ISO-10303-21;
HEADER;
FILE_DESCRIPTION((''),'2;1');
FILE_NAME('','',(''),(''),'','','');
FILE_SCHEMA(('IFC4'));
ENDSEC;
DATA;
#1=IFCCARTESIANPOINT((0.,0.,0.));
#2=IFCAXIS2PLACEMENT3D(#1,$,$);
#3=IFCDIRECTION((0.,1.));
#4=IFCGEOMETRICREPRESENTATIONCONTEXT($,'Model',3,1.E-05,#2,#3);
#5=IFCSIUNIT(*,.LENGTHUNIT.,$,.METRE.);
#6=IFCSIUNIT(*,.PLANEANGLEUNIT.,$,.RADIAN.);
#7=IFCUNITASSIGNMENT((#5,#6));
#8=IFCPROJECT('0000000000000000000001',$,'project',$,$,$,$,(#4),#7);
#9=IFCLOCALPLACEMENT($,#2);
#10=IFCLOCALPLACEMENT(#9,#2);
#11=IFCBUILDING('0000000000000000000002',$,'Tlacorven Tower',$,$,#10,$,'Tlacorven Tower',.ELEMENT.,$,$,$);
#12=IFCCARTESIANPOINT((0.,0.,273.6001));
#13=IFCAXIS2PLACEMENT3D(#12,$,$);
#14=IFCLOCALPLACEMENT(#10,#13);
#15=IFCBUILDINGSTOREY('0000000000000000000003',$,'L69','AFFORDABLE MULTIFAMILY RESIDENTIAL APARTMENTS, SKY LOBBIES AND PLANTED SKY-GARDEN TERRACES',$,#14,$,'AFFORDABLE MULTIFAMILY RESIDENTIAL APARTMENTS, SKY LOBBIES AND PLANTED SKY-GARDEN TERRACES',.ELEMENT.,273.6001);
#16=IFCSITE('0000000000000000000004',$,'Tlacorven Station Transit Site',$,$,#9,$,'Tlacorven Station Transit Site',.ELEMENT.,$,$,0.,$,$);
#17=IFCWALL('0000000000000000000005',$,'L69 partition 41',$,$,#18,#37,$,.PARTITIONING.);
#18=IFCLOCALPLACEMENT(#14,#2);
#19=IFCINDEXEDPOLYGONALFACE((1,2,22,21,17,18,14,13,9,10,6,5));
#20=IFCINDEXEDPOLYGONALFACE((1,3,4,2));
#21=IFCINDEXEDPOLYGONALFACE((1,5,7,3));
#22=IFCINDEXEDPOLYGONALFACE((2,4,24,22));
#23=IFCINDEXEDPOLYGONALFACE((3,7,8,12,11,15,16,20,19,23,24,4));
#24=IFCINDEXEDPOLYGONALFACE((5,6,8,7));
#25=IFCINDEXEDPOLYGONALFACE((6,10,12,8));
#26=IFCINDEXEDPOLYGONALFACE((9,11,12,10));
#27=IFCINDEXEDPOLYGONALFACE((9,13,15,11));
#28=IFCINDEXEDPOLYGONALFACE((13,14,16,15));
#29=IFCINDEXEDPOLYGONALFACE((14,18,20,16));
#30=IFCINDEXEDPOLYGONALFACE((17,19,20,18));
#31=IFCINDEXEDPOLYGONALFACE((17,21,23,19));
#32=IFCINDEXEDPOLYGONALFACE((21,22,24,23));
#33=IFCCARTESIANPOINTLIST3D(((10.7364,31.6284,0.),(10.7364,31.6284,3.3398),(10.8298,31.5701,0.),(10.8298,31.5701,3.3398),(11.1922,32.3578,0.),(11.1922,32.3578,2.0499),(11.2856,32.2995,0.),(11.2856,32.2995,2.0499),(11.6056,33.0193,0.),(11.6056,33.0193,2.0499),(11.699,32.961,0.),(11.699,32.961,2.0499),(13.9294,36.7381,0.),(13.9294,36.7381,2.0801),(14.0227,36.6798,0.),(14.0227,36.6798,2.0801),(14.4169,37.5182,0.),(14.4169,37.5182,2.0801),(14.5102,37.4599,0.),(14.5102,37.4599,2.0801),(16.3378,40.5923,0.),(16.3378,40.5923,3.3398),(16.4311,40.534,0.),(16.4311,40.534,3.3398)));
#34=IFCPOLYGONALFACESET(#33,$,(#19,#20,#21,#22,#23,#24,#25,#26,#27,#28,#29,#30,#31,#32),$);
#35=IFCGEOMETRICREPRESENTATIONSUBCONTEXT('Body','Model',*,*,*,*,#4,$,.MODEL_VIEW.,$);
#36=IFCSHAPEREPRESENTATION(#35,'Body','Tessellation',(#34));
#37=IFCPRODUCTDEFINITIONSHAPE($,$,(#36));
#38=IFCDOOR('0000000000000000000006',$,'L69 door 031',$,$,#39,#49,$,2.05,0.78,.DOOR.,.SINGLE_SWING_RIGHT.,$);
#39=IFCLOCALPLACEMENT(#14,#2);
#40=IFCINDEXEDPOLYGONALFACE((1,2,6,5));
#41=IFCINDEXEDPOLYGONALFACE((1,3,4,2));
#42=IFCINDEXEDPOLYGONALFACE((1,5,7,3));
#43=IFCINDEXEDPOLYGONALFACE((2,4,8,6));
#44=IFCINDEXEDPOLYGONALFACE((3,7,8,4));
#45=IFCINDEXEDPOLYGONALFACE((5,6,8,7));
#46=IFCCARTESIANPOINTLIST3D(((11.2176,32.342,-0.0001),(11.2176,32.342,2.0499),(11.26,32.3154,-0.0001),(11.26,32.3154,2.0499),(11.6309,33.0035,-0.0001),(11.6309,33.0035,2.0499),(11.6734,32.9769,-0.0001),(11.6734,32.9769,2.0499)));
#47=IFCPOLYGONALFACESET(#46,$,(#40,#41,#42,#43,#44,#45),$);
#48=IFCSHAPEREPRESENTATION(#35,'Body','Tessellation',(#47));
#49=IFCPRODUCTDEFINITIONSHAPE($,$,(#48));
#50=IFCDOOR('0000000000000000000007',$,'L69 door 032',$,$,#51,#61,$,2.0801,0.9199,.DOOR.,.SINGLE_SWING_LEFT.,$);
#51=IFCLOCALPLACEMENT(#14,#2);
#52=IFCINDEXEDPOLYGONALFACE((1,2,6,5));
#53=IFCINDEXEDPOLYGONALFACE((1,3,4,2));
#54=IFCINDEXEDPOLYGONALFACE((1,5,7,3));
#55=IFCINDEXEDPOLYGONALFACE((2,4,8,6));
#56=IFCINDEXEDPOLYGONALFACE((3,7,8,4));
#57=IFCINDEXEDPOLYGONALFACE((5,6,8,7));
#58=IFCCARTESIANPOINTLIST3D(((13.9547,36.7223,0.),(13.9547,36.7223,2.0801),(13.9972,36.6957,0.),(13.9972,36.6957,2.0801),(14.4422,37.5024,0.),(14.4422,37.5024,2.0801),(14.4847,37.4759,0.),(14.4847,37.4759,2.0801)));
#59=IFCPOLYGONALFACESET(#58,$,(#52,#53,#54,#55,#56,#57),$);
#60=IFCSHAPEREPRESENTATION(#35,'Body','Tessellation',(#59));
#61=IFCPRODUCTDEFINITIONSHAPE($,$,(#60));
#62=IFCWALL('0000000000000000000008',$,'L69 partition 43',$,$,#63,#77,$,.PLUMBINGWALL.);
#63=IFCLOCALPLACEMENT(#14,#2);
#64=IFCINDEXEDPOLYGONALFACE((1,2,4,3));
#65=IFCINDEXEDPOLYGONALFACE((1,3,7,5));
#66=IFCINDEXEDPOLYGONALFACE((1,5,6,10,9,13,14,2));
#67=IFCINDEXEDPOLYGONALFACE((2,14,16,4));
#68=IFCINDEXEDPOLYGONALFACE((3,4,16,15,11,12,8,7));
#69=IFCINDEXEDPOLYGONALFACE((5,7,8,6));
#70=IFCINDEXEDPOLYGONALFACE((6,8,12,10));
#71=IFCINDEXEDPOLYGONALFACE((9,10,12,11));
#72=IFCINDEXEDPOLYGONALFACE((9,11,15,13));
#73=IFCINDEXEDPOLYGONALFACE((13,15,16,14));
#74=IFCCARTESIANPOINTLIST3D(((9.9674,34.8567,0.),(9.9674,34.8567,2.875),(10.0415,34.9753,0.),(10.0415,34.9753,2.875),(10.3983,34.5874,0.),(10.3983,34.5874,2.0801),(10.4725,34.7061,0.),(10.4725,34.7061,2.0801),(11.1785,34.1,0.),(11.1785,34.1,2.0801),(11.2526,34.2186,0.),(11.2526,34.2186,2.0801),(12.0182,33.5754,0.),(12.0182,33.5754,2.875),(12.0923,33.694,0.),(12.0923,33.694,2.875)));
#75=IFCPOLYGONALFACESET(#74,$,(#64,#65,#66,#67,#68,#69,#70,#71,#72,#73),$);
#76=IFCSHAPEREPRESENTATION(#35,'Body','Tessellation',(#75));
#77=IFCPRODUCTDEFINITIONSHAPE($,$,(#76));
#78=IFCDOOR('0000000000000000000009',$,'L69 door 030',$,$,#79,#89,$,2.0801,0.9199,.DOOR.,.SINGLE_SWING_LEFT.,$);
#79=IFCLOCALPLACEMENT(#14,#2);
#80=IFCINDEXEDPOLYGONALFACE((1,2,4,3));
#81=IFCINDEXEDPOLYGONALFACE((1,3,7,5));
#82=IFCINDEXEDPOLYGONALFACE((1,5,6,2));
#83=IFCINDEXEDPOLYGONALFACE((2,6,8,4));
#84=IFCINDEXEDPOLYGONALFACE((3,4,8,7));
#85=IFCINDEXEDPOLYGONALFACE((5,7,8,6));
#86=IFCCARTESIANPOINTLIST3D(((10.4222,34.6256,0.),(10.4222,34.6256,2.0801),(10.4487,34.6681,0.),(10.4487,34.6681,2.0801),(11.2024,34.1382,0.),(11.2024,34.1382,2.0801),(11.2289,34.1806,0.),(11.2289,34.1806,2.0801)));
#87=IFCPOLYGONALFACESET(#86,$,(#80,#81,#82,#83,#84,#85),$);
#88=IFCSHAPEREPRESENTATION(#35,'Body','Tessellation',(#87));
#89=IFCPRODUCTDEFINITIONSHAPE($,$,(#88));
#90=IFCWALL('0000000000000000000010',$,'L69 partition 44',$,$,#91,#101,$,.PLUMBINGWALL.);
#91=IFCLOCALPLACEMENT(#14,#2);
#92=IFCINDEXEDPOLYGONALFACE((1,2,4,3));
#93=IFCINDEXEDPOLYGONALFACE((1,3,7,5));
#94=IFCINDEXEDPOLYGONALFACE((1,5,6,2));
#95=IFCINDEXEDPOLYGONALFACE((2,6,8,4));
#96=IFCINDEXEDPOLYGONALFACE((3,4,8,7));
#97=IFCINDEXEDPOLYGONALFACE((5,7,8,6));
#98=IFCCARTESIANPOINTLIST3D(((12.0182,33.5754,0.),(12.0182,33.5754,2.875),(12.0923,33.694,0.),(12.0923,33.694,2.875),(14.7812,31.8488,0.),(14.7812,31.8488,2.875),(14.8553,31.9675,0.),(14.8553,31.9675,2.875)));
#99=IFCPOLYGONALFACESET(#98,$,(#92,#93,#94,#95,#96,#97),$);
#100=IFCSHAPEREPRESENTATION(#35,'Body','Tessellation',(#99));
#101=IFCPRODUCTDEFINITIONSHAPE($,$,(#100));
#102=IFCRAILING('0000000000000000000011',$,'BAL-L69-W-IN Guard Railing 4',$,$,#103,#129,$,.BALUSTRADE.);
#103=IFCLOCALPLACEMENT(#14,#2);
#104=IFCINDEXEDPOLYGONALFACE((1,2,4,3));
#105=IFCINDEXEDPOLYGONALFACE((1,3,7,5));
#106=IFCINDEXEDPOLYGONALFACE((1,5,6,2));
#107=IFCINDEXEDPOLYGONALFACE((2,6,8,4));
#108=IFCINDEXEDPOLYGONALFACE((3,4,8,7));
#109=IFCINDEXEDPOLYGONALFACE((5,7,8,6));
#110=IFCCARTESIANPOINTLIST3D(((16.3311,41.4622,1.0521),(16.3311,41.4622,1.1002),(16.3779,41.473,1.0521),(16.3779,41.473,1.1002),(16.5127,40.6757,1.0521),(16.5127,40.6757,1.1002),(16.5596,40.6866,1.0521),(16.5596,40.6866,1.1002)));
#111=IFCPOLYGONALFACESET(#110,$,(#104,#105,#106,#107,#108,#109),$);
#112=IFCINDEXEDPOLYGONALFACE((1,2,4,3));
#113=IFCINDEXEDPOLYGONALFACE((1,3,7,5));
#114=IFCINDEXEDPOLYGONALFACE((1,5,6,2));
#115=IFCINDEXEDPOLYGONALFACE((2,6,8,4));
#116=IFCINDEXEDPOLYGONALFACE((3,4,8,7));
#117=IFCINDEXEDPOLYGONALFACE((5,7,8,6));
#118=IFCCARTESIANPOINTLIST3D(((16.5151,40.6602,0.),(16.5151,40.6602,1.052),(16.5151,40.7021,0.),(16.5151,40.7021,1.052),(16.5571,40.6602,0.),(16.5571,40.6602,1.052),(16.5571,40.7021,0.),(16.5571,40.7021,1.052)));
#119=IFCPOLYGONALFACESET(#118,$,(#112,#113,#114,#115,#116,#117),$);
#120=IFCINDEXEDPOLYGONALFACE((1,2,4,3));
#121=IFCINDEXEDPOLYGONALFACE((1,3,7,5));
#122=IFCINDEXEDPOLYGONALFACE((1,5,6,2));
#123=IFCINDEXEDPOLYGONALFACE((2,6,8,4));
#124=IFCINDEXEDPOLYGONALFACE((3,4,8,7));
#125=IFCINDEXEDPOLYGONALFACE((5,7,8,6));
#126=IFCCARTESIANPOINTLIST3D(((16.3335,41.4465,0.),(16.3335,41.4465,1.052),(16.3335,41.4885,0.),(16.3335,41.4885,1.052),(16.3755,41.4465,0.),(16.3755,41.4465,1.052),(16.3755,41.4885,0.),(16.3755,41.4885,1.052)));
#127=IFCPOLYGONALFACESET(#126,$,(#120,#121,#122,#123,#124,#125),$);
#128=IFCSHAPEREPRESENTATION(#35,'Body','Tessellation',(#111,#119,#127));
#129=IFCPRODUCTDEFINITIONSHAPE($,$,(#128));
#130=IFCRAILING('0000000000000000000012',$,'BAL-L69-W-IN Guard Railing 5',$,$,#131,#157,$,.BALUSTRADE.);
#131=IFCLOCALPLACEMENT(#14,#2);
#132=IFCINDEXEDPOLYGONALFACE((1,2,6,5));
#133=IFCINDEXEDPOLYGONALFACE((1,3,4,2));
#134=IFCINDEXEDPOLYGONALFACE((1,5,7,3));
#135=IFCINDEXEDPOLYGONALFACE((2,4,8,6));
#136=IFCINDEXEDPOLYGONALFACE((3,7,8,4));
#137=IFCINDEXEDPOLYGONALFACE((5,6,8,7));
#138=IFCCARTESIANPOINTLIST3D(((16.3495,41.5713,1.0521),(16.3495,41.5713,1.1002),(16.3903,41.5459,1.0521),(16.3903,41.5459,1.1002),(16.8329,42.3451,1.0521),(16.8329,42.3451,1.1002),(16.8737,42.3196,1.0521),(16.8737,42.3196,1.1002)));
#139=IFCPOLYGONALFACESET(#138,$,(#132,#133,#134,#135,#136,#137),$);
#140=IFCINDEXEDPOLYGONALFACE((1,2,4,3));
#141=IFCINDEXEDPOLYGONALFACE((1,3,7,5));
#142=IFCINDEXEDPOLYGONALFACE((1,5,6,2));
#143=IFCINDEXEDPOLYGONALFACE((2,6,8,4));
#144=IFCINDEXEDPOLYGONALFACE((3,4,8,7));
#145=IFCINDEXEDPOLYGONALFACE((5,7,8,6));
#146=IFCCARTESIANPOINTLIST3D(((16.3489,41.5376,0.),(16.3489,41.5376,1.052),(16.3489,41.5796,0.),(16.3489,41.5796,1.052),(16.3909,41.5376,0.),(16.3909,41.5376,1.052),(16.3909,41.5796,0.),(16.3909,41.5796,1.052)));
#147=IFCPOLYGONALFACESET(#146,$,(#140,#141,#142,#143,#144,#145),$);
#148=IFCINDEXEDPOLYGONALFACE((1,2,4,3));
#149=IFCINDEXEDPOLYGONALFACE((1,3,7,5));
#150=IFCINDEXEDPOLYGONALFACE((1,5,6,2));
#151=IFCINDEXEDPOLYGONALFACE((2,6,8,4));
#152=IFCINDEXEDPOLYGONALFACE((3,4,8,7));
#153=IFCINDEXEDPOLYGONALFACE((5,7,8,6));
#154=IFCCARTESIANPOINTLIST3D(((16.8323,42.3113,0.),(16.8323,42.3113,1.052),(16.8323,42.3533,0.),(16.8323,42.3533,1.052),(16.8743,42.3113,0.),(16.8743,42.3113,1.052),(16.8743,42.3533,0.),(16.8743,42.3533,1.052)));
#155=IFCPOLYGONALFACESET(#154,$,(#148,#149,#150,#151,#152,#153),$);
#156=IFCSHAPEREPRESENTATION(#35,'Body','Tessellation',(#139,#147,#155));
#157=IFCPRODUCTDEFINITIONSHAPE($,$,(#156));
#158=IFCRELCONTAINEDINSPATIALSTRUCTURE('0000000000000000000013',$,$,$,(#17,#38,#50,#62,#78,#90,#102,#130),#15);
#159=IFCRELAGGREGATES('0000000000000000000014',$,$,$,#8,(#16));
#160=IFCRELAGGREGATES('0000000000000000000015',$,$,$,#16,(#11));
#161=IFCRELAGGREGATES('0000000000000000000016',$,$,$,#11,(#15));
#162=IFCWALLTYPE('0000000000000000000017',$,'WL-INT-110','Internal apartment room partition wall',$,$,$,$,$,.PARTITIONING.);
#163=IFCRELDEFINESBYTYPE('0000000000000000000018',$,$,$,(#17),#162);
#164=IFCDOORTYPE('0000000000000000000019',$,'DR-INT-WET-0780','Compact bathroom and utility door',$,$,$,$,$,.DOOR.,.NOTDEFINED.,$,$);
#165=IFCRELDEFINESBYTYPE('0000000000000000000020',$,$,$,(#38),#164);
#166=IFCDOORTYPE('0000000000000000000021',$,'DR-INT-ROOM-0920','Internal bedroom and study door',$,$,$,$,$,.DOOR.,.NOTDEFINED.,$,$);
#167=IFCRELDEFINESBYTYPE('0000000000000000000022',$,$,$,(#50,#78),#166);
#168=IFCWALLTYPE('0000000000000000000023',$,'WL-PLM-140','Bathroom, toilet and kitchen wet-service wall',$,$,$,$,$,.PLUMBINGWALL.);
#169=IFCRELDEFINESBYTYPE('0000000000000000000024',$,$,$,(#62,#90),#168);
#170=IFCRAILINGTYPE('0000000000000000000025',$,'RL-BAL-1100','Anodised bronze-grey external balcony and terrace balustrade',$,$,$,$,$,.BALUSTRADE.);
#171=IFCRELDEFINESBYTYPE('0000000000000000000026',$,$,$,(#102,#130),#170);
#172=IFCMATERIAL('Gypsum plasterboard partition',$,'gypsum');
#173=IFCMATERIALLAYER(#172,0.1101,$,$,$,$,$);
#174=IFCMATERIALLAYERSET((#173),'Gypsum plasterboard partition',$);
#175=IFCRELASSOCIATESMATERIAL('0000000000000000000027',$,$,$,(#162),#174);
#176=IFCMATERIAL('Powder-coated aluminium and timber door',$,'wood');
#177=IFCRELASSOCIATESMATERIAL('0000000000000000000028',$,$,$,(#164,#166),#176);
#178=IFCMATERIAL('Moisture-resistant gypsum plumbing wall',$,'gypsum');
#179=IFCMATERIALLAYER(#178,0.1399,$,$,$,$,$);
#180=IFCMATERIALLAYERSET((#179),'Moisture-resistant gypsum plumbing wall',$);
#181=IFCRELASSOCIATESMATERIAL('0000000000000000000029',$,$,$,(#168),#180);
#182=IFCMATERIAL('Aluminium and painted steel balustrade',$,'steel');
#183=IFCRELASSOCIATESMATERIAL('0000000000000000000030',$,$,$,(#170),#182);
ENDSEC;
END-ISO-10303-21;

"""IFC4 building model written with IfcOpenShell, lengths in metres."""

from ifc_helpers import new_model, si_unit, direction, frame, frame_2d, origin, origin_2d, place, context, subcontext, project, spatial, rectangle, extrude, source, transform, mapped, material, layer, layer_set, type_object, element, fill, save


model = new_model("IFC4")

# Units and contexts
model_context = context("Model", 3, precision=1e-05, world=origin(), true_north=direction((0.0, 1.0)))
body_context = subcontext(model_context, "Body", "Model", "MODEL_VIEW")
ifc_project = project(units=[si_unit("LENGTHUNIT", "METRE"), si_unit("PLANEANGLEUNIT", "RADIAN")], contexts=[model_context])

# Site, building, storey
site_placement = place(None, origin())
site = spatial("IfcSite", under=ifc_project, at=site_placement, Name="Tlacorven Station Transit Site", LongName="Tlacorven Station Transit Site", CompositionType="ELEMENT", RefElevation=0.0)
building_placement = place(site_placement, origin())
building = spatial("IfcBuilding", under=site, at=building_placement, Name="Tlacorven Tower", LongName="Tlacorven Tower", CompositionType="ELEMENT")
storey_placement = place(building_placement, frame((0.0, 0.0, 273.6001)))
storey = spatial("IfcBuildingStorey", under=building, at=storey_placement, Name="L69", Description="AFFORDABLE MULTIFAMILY RESIDENTIAL APARTMENTS, SKY LOBBIES AND PLANTED SKY-GARDEN TERRACES", LongName="AFFORDABLE MULTIFAMILY RESIDENTIAL APARTMENTS, SKY LOBBIES AND PLANTED SKY-GARDEN TERRACES", CompositionType="ELEMENT", Elevation=273.6001)

# Shared definitions
ifc_material_1 = material(Name="Powder-coated aluminium and timber door", Category="wood")

# Wall, openings, doors
ifc_material_2 = material(Name="Gypsum plasterboard partition", Category="gypsum")
ifc_layer_1 = layer(ifc_material_2, 0.1101)
ifc_layer_set_1 = layer_set([ifc_layer_1], Name="Gypsum plasterboard partition")
wall_type_1 = type_object("IfcWallType", Name="WL-INT-110", Description="Internal apartment room partition wall", PredefinedType="PARTITIONING", material=ifc_layer_set_1)
wall_1_placement = place(storey_placement, frame((16.3845, 40.5632, 0.0), z_axis=(0.0, 0.0, 1.0), x_axis=(-0.529924, -0.848045, 0.0)))
wall_1 = element("IfcWall", 1, at=wall_1_placement, inside=storey, type_object=wall_type_1, Name="L69 partition 41", PredefinedType="PARTITIONING", context=body_context, shape_type="SweptSolid", body=[
    extrude(rectangle(XDim=10.5701, YDim=0.1101, at=frame_2d((5.2852, 0.0))), origin(), (0.0, 0.0, 1.0), 3.3398),
])
opening_1_placement = place(wall_1_placement, frame((8.9299, 0.0, 0.0)))
opening_1 = element("IfcOpeningElement", 2, at=opening_1_placement, cuts=wall_1, PredefinedType="OPENING", context=body_context, shape_type="SweptSolid", body=[
    extrude(rectangle(XDim=0.78, YDim=2.05, at=frame_2d((0.3901, 1.0249))), frame((0.0, 0.0649, 0.0), z_axis=(0.0, -1.0, 0.0), x_axis=(1.0, 0.0, 0.0)), (0.0, 0.0, 1.0), 0.1301),
])
opening_2_placement = place(wall_1_placement, frame((3.625, 0.0, 0.0)))
opening_2 = element("IfcOpeningElement", 3, at=opening_2_placement, cuts=wall_1, PredefinedType="OPENING", context=body_context, shape_type="SweptSolid", body=[
    extrude(rectangle(XDim=0.9199, YDim=2.0801, at=frame_2d((0.46, 1.04))), frame((0.0, 0.0649, 0.0), z_axis=(0.0, -1.0, 0.0), x_axis=(1.0, 0.0, 0.0)), (0.0, 0.0, 1.0), 0.1301),
])
door_type_1 = type_object("IfcDoorType", Name="DR-INT-WET-0780", Description="Compact bathroom and utility door", OperationType="NOTDEFINED", PredefinedType="DOOR", material=ifc_material_1)
shared_shape_1 = source(origin(), body_context, "Body", "SweptSolid", [
    extrude(rectangle(XDim=0.78, YDim=2.05, at=frame_2d((0.3901, 1.0249))), frame((0.0, 0.0249, 0.0), z_axis=(0.0, -1.0, 0.0), x_axis=(1.0, 0.0, 0.0)), (0.0, 0.0, 1.0), 0.05),
])
door_1_placement = place(opening_1_placement, origin())
door_1 = element("IfcDoor", 4, at=door_1_placement, inside=storey, type_object=door_type_1, Name="L69 door 031", OperationType="SINGLE_SWING_RIGHT", OverallHeight=2.05, OverallWidth=0.78, PredefinedType="DOOR", context=body_context, shape_type="MappedRepresentation", body=[
    mapped(shared_shape_1, transform((0.0, 0.0, 0.0), scale=1.0)),
])
fill(opening_1, door_1)
door_type_2 = type_object("IfcDoorType", Name="DR-INT-ROOM-0920", Description="Internal bedroom and study door", OperationType="NOTDEFINED", PredefinedType="DOOR", material=ifc_material_1)
shared_shape_2 = source(origin(), body_context, "Body", "SweptSolid", [
    extrude(rectangle(XDim=0.9199, YDim=2.0801, at=frame_2d((0.46, 1.04))), frame((0.0, 0.0249, 0.0), z_axis=(0.0, -1.0, 0.0), x_axis=(1.0, 0.0, 0.0)), (0.0, 0.0, 1.0), 0.05),
])
door_2_placement = place(opening_2_placement, origin())
door_2 = element("IfcDoor", 5, at=door_2_placement, inside=storey, type_object=door_type_2, Name="L69 door 032", OperationType="SINGLE_SWING_LEFT", OverallHeight=2.0801, OverallWidth=0.9199, PredefinedType="DOOR", context=body_context, shape_type="MappedRepresentation", body=[
    mapped(shared_shape_2, transform((0.0, 0.0, 0.0), scale=1.0)),
])
fill(opening_2, door_2)

# Wall, opening, door
ifc_material_3 = material(Name="Moisture-resistant gypsum plumbing wall", Category="gypsum")
ifc_layer_2 = layer(ifc_material_3, 0.1399)
ifc_layer_set_2 = layer_set([ifc_layer_2], Name="Moisture-resistant gypsum plumbing wall")
wall_type_2 = type_object("IfcWallType", Name="WL-PLM-140", Description="Bathroom, toilet and kitchen wet-service wall", PredefinedType="PLUMBINGWALL", material=ifc_layer_set_2)
wall_2_placement = place(storey_placement, frame((12.0552, 33.6348, 0.0), z_axis=(0.0, 0.0, 1.0), x_axis=(-0.848089, 0.529854, 0.0)))
wall_2 = element("IfcWall", 6, at=wall_2_placement, inside=storey, type_object=wall_type_2, Name="L69 partition 43", PredefinedType="PLUMBINGWALL", context=body_context, shape_type="SweptSolid", body=[
    extrude(rectangle(XDim=2.4182, YDim=0.1399, at=frame_2d((1.209, 0.0))), origin(), (0.0, 0.0, 1.0), 2.875),
])
opening_3_placement = place(wall_2_placement, frame((0.99, 0.0, 0.0)))
opening_3 = element("IfcOpeningElement", 7, at=opening_3_placement, cuts=wall_2, PredefinedType="OPENING", context=body_context, shape_type="SweptSolid", body=[
    extrude(rectangle(XDim=0.9199, YDim=2.0801, at=frame_2d((0.46, 1.04))), frame((0.0, 0.0801, 0.0), z_axis=(0.0, -1.0, 0.0), x_axis=(1.0, 0.0, 0.0)), (0.0, 0.0, 1.0), 0.1599),
])
door_3_placement = place(opening_3_placement, origin())
door_3 = element("IfcDoor", 8, at=door_3_placement, inside=storey, type_object=door_type_2, Name="L69 door 030", OperationType="SINGLE_SWING_LEFT", OverallHeight=2.0801, OverallWidth=0.9199, PredefinedType="DOOR", context=body_context, shape_type="MappedRepresentation", body=[
    mapped(shared_shape_2, transform((0.0, 0.0, 0.0), scale=1.0)),
])
fill(opening_3, door_3)

# Wall
wall_3_placement = place(storey_placement, frame((14.8181, 31.9082, 0.0), z_axis=(0.0, 0.0, 1.0), x_axis=(-0.848036, 0.529938, 0.0)))
element("IfcWall", 9, at=wall_3_placement, inside=storey, type_object=wall_type_2, Name="L69 partition 44", PredefinedType="PLUMBINGWALL", context=body_context, shape_type="SweptSolid", body=[
    extrude(rectangle(XDim=3.2581, YDim=0.1399, at=frame_2d((1.6289, 0.0))), origin(), (0.0, 0.0, 1.0), 2.875),
])

# Railings
ifc_material_4 = material(Name="Aluminium and painted steel balustrade", Category="steel")
railing_type = type_object("IfcRailingType", Name="RL-BAL-1100", Description="Anodised bronze-grey external balcony and terrace balustrade", PredefinedType="BALUSTRADE", material=ifc_material_4)
shared_shape_3 = source(origin(), body_context, "Body", "SweptSolid", [
    extrude(rectangle(XDim=0.0481, YDim=0.0481, at=origin_2d()), frame((0.0, 0.0, 1.0762), z_axis=(-0.225058, 0.974345, 0.0), x_axis=(-0.974345, -0.225058, 0.0)), (0.0, 0.0, 1.0), 0.8071),
    extrude(rectangle(XDim=0.042, YDim=0.042, at=origin_2d()), origin(), (0.0, 0.0, 1.0), 1.052),
    extrude(rectangle(XDim=0.042, YDim=0.042, at=origin_2d()), frame((-0.1816, 0.7864, 0.0)), (0.0, 0.0, 1.0), 1.052),
])
railing_1_placement = place(storey_placement, frame((16.5361, 40.6812, 0.0)))
element("IfcRailing", 10, at=railing_1_placement, inside=storey, type_object=railing_type, Name="BAL-L69-W-IN Guard Railing 4", PredefinedType="BALUSTRADE", context=body_context, shape_type="MappedRepresentation", body=[
    mapped(shared_shape_3, transform((0.0, 0.0, 0.0), scale=1.0)),
])
shared_shape_4 = source(origin(), body_context, "Body", "SweptSolid", [
    extrude(rectangle(XDim=0.0481, YDim=0.0481, at=origin_2d()), frame((0.0, 0.0, 1.0762), z_axis=(0.529879, 0.848073, 0.0), x_axis=(-0.848073, 0.529879, 0.0)), (0.0, 0.0, 1.0), 0.9124),
    extrude(rectangle(XDim=0.042, YDim=0.042, at=origin_2d()), origin(), (0.0, 0.0, 1.0), 1.052),
    extrude(rectangle(XDim=0.042, YDim=0.042, at=origin_2d()), frame((0.4834, 0.7737, 0.0)), (0.0, 0.0, 1.0), 1.052),
])
railing_2_placement = place(storey_placement, frame((16.3699, 41.5586, 0.0)))
element("IfcRailing", 11, at=railing_2_placement, inside=storey, type_object=railing_type, Name="BAL-L69-W-IN Guard Railing 5", PredefinedType="BALUSTRADE", context=body_context, shape_type="MappedRepresentation", body=[
    mapped(shared_shape_4, transform((0.0, 0.0, 0.0), scale=1.0)),
])

save(model, "model.ifc")
